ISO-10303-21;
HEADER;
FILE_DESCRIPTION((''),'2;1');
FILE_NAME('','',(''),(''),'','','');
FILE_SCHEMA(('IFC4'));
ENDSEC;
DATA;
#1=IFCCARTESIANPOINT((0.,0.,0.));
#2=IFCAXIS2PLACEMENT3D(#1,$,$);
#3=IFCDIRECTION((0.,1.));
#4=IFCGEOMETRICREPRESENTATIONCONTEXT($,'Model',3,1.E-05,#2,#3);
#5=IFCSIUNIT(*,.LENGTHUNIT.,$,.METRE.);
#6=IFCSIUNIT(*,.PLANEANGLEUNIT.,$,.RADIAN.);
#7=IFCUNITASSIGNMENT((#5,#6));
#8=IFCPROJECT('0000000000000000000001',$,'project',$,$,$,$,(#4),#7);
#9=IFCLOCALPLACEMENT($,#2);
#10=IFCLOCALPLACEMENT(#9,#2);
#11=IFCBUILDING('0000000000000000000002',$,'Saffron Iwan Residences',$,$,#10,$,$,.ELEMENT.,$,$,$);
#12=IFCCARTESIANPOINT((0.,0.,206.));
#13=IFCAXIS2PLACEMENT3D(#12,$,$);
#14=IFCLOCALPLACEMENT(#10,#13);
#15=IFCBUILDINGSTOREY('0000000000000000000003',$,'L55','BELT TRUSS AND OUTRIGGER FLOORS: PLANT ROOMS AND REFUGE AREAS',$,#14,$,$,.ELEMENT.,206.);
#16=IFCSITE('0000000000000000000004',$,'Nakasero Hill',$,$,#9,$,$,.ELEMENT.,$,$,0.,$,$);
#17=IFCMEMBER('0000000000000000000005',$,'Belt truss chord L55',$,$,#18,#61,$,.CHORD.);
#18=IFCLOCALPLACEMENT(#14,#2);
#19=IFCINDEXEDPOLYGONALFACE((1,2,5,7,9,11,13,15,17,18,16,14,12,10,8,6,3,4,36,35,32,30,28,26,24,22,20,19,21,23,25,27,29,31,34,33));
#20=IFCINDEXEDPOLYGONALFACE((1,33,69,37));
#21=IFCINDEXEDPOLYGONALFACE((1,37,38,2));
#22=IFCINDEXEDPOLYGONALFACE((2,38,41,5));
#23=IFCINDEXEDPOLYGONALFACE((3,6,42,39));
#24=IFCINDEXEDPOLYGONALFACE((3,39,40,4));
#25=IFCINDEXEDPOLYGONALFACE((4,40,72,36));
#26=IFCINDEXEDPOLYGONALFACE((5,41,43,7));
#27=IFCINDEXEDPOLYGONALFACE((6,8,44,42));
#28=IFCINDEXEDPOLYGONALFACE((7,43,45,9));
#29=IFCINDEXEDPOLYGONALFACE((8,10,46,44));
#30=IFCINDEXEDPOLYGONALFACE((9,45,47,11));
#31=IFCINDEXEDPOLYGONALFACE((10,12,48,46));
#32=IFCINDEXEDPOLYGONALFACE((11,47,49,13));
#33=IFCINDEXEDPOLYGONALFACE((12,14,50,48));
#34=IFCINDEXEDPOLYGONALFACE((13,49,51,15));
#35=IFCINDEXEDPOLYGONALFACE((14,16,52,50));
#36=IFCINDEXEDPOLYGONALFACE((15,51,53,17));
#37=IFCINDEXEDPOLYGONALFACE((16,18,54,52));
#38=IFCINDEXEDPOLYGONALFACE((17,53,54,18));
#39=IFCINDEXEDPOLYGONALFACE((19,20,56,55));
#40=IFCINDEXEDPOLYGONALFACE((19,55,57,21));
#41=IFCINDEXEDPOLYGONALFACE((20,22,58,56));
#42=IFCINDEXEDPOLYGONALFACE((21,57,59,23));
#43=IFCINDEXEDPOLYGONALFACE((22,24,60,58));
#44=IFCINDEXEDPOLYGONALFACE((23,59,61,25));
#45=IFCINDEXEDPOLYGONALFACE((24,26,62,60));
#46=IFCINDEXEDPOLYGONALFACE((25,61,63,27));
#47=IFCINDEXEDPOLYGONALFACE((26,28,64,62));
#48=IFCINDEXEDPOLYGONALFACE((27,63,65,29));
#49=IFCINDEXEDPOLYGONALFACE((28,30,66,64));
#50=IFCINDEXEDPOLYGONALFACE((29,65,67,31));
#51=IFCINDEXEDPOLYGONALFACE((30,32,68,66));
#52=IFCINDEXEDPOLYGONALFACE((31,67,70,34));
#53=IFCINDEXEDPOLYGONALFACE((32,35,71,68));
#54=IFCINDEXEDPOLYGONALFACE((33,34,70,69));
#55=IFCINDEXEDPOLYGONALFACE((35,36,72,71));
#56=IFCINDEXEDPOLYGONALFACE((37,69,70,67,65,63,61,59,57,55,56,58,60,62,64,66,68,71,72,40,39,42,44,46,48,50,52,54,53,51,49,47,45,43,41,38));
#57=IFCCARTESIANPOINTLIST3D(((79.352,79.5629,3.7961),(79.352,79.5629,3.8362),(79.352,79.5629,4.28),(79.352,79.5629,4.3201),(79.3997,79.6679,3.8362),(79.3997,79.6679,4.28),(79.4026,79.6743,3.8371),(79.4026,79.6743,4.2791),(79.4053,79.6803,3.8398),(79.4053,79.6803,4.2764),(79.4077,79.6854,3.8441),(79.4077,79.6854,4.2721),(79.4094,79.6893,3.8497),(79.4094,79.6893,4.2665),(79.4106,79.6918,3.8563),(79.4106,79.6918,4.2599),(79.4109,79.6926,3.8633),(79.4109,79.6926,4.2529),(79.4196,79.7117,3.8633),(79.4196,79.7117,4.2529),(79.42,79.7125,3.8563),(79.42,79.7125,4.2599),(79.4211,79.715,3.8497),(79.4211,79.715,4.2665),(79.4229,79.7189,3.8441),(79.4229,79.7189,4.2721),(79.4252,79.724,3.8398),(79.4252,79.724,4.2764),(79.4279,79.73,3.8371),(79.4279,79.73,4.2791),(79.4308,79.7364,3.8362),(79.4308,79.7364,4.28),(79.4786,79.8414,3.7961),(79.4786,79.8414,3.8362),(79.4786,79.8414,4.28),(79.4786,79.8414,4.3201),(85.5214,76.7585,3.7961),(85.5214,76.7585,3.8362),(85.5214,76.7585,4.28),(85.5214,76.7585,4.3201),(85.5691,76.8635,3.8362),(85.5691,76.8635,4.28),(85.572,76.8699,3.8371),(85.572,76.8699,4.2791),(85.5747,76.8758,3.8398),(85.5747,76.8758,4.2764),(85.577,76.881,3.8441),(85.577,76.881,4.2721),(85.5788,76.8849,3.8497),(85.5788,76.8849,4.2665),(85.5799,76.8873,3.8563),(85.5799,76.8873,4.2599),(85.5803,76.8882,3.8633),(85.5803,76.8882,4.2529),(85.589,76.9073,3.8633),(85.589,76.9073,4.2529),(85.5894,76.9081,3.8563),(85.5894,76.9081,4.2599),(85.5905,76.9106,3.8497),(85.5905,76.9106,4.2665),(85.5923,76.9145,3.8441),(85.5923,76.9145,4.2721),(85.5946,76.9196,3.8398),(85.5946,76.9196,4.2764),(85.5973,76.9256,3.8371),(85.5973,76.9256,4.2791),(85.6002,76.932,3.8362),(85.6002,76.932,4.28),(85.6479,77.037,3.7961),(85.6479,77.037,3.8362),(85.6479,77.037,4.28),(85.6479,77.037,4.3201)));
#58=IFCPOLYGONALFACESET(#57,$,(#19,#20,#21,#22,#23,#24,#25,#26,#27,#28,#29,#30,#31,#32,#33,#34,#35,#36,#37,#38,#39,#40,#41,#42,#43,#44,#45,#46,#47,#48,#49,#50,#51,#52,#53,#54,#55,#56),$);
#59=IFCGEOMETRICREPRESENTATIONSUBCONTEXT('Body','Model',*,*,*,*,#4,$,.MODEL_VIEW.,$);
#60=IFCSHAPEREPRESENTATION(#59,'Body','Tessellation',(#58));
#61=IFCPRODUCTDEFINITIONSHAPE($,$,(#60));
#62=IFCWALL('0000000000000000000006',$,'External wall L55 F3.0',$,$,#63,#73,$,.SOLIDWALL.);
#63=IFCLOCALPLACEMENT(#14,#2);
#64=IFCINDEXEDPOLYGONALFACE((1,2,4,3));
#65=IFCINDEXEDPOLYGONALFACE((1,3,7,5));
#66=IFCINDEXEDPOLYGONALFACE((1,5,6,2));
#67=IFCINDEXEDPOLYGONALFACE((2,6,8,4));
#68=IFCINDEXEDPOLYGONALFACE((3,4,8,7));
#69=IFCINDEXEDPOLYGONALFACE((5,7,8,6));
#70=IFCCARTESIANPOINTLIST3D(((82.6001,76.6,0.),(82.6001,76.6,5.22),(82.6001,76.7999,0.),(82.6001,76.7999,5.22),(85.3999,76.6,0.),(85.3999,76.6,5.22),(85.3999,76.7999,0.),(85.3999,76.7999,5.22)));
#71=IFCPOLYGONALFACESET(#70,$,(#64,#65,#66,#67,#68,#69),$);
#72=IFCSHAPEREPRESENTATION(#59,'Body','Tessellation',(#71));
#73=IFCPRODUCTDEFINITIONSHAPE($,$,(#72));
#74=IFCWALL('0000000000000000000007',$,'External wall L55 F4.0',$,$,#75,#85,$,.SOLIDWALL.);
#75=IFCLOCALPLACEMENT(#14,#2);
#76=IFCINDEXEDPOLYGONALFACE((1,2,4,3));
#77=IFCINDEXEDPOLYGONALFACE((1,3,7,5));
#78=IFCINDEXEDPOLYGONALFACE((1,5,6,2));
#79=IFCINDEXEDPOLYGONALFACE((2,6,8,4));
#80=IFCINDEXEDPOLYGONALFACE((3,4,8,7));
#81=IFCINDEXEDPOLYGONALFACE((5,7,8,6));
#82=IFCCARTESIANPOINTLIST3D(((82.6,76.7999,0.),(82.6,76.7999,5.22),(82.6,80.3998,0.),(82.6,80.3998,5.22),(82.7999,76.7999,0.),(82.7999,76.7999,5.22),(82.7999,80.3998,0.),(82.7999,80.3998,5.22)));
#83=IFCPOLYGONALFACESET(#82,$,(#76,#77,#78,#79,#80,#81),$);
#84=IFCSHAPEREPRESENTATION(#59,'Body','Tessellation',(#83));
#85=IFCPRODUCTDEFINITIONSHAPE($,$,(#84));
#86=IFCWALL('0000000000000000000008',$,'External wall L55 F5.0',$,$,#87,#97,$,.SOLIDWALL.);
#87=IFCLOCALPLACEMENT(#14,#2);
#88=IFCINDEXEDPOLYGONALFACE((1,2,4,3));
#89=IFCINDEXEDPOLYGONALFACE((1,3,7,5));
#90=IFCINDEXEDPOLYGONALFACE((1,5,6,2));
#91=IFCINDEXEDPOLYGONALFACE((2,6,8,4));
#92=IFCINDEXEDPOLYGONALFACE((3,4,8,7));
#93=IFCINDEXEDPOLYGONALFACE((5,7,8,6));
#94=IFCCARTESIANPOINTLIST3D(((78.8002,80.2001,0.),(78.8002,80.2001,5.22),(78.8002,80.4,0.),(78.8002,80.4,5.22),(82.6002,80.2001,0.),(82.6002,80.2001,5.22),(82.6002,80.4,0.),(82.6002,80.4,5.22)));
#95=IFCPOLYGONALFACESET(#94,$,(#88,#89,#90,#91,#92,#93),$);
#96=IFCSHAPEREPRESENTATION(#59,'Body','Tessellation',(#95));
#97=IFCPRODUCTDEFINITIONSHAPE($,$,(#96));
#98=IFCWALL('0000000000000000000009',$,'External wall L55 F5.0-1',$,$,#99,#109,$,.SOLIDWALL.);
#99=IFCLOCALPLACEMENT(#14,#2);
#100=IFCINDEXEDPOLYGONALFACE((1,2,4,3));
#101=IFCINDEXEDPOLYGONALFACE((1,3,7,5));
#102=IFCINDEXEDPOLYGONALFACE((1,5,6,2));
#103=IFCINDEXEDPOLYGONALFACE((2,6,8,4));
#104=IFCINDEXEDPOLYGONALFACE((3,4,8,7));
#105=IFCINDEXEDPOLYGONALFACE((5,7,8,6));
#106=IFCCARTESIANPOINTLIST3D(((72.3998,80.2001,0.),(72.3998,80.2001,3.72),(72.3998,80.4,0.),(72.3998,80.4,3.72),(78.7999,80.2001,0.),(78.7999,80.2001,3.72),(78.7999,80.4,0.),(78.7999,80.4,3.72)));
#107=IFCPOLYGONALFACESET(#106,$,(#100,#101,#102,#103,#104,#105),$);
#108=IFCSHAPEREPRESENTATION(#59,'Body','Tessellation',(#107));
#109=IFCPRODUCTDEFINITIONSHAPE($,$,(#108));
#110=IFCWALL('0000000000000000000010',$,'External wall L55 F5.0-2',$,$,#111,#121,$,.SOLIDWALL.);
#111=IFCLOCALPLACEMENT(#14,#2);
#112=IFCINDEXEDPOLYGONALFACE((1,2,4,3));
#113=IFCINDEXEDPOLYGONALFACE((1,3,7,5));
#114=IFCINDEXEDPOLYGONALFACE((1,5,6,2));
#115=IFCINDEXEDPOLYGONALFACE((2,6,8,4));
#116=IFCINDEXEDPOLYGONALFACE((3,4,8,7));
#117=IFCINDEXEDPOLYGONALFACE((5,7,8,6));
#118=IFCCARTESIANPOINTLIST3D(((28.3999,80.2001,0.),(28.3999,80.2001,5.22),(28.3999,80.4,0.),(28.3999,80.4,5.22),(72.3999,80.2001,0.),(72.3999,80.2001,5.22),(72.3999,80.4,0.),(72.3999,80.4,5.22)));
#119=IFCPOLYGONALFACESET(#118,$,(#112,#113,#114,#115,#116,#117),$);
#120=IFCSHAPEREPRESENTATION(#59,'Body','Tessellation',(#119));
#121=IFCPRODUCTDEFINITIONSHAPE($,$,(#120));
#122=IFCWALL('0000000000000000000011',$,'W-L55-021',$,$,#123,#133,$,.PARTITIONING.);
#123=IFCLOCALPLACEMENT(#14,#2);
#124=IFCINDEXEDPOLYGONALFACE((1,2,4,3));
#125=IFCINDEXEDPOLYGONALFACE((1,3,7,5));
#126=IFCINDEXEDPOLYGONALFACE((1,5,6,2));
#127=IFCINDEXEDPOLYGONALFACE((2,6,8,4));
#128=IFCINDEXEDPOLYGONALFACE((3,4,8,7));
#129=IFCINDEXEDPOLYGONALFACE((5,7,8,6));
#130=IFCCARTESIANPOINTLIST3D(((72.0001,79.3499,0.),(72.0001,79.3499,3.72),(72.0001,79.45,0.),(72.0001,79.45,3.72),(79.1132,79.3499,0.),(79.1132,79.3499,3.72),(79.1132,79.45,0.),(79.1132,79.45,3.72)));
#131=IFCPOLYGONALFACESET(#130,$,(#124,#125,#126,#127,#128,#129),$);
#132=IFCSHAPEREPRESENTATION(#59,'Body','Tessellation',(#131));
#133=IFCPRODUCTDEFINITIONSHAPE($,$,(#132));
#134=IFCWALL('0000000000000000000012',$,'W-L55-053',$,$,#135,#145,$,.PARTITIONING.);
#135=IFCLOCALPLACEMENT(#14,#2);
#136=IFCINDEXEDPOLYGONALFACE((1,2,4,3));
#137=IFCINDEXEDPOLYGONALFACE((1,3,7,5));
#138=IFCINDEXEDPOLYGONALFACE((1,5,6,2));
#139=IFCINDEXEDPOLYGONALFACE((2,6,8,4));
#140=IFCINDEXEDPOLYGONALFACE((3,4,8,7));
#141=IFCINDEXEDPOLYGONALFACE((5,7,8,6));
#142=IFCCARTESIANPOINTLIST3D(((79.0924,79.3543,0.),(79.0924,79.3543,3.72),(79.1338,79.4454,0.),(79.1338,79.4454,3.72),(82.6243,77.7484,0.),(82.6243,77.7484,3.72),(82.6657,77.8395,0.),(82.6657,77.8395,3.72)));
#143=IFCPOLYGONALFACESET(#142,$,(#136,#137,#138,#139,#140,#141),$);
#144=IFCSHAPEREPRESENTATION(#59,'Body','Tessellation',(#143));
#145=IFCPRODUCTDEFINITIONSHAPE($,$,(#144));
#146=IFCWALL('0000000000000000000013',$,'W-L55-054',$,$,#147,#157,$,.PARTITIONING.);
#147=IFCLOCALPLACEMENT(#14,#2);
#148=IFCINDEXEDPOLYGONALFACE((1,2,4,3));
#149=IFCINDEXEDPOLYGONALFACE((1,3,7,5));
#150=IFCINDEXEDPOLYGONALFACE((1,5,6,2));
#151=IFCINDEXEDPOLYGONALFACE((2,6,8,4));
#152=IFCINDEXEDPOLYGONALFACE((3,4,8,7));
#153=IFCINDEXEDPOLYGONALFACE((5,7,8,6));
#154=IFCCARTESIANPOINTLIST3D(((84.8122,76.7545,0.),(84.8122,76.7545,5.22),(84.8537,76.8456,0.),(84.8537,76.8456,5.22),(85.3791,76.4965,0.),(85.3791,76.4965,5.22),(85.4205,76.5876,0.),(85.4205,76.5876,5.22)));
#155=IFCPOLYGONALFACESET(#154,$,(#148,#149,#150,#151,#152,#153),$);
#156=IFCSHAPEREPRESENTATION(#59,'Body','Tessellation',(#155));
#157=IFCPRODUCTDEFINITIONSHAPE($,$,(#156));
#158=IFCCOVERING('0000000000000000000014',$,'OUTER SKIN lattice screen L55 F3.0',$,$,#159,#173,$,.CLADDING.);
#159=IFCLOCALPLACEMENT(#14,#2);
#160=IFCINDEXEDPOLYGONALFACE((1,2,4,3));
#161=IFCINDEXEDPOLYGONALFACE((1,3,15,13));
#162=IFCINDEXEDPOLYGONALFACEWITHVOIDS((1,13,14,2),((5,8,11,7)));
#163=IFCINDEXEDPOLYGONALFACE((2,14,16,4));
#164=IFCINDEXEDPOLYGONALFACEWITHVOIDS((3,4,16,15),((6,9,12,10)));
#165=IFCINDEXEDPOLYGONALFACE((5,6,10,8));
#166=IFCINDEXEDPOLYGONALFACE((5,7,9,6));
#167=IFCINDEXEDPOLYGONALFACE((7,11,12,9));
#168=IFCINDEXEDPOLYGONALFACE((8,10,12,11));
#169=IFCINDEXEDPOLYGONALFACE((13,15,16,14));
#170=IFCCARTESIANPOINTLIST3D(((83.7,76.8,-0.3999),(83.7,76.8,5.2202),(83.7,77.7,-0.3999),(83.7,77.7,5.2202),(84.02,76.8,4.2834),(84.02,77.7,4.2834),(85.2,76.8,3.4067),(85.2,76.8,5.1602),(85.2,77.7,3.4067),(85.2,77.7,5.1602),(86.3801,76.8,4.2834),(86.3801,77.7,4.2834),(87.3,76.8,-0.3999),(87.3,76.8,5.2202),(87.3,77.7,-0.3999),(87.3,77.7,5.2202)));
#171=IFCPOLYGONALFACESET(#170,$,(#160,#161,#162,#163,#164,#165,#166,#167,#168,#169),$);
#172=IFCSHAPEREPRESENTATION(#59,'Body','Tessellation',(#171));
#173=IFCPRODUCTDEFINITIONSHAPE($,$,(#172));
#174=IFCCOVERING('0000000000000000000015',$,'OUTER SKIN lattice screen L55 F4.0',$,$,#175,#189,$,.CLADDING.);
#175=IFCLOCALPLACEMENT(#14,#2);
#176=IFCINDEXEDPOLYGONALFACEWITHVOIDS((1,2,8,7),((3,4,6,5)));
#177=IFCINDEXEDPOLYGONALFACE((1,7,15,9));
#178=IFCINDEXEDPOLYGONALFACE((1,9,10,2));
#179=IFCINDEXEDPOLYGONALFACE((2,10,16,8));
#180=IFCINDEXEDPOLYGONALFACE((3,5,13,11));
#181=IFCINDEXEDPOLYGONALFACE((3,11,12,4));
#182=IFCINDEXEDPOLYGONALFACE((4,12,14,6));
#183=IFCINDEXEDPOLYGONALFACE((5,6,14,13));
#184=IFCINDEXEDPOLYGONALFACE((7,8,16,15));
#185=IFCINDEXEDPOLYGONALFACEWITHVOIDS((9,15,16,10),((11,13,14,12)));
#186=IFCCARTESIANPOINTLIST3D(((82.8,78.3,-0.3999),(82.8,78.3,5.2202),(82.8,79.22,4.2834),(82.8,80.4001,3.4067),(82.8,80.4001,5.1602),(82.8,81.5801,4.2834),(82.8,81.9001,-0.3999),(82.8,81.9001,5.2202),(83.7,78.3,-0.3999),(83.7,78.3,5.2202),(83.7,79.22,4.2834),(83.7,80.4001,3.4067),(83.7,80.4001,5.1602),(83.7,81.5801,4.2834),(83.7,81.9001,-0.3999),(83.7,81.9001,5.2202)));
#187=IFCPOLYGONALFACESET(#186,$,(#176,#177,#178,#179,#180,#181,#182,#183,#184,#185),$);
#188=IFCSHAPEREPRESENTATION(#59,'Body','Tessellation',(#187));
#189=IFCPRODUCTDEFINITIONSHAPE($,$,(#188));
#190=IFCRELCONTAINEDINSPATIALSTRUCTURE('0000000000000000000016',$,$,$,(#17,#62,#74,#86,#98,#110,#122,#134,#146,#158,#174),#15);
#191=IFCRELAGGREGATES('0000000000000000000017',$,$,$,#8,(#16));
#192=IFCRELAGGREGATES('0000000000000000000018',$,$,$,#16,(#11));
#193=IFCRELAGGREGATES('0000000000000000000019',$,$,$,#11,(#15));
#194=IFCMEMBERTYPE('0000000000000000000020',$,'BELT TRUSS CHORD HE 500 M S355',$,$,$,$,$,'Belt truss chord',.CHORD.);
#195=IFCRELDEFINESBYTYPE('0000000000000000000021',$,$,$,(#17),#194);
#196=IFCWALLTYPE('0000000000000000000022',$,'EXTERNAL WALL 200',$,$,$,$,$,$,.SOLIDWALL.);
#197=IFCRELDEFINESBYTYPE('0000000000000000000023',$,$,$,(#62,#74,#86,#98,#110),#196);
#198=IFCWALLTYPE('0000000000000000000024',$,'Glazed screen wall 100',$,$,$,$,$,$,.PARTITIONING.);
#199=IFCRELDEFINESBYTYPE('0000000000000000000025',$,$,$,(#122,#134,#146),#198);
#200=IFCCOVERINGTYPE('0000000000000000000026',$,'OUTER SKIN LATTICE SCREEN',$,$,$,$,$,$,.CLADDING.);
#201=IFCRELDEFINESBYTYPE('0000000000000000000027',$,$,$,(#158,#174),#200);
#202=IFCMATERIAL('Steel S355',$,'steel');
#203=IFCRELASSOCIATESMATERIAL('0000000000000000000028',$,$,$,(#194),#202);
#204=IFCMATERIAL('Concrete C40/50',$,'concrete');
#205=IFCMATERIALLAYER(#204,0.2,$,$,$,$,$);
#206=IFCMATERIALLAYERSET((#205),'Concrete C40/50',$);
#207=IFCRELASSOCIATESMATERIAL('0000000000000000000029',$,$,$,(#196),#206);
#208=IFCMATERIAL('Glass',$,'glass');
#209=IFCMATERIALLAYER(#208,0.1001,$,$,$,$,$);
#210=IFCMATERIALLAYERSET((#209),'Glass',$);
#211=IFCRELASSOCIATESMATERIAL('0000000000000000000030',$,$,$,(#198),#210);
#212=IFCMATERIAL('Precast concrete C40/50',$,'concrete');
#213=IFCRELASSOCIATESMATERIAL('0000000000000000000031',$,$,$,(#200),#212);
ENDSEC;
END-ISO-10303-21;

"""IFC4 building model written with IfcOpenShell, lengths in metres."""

from ifc_helpers import new_model, si_unit, direction, frame, frame_2d, origin, origin_2d, place, context, subcontext, project, spatial, polyline, rectangle, i_section, outline, extrude, source, transform, mapped, material, layer, layer_set, material_profile, profile_set, type_object, element, save


model = new_model("IFC4")

# Units and contexts
model_context = context("Model", 3, precision=1e-05, world=origin(), true_north=direction((0.0, 1.0)))
body_context = subcontext(model_context, "Body", "Model", "MODEL_VIEW")
ifc_project = project(units=[si_unit("LENGTHUNIT", "METRE"), si_unit("PLANEANGLEUNIT", "RADIAN")], contexts=[model_context])

# Site, building, storey
site_placement = place(None, origin())
site = spatial("IfcSite", under=ifc_project, at=site_placement, Name="Nakasero Hill", CompositionType="ELEMENT", RefElevation=0.0)
building_placement = place(site_placement, origin())
building = spatial("IfcBuilding", under=site, at=building_placement, Name="Saffron Iwan Residences", CompositionType="ELEMENT")
storey_placement = place(building_placement, frame((0.0, 0.0, 206.0)))
storey = spatial("IfcBuildingStorey", under=building, at=storey_placement, Name="L55", Description="BELT TRUSS AND OUTRIGGER FLOORS: PLANT ROOMS AND REFUGE AREAS", CompositionType="ELEMENT", Elevation=206.0)

# Member
ifc_material_1 = material(Name="Steel S355", Category="steel")
ifc_material_profile_1 = material_profile(ifc_material_1, i_section(OverallWidth=0.3059, OverallDepth=0.5239, WebThickness=0.021, FlangeThickness=0.04, FilletRadius=0.0271, at=origin_2d()), Name="HE 500 M")
ifc_profile_set_1 = profile_set([ifc_material_profile_1], Name="Steel S355")
member_type_1 = type_object("IfcMemberType", Name="BELT TRUSS CHORD HE 500 M S355", ElementType="Belt truss chord", PredefinedType="CHORD", material=ifc_profile_set_1)
shared_shape_1 = source(origin(), body_context, "Body", "SweptSolid", [
    extrude(i_section(OverallWidth=0.3059, OverallDepth=0.5239, WebThickness=0.021, FlangeThickness=0.04, FilletRadius=0.0271, at=origin_2d()), origin(), (0.0, 0.0, 1.0), 6.7769),
])
for number, where, z_axis, x_axis, name in (
    (1, (79.4153, 79.7021, 4.0581), (0.910358, -0.413822, 0.0), (0.413822, 0.910358, 0.0), "Belt truss chord L55"),
):
    element("IfcMember", number, at=place(storey_placement, frame(where, z_axis=z_axis, x_axis=x_axis)), inside=storey, type_object=member_type_1, Name=name, PredefinedType="CHORD", context=body_context, shape_type="MappedRepresentation", body=[
        mapped(shared_shape_1, transform((0.0, 0.0, 0.0))),
    ])

# Walls
ifc_material_2 = material(Name="Concrete C40/50", Category="concrete")
ifc_layer_1 = layer(ifc_material_2, 0.2)
ifc_layer_set_1 = layer_set([ifc_layer_1], Name="Concrete C40/50")
wall_type_1 = type_object("IfcWallType", Name="EXTERNAL WALL 200", PredefinedType="SOLIDWALL", material=ifc_layer_set_1)
wall_1_placement = place(storey_placement, frame((85.3999, 76.7, 0.0), z_axis=(0.0, 0.0, 1.0), x_axis=(-1.0, 0.0, 0.0)))
element("IfcWall", 2, at=wall_1_placement, inside=storey, type_object=wall_type_1, Name="External wall L55 F3.0", PredefinedType="SOLIDWALL", context=body_context, shape_type="SweptSolid", body=[
    extrude(rectangle(XDim=2.7998, YDim=0.2, at=frame_2d((1.3999, 0.0))), origin(), (0.0, 0.0, 1.0), 5.22),
])
wall_2_placement = place(storey_placement, frame((82.7, 76.8, 0.0), z_axis=(0.0, 0.0, 1.0), x_axis=(0.0, 1.0, 0.0)))
element("IfcWall", 3, at=wall_2_placement, inside=storey, type_object=wall_type_1, Name="External wall L55 F4.0", PredefinedType="SOLIDWALL", context=body_context, shape_type="SweptSolid", body=[
    extrude(rectangle(XDim=3.5999, YDim=0.2, at=frame_2d((1.7998, 0.0))), origin(), (0.0, 0.0, 1.0), 5.22),
])
wall_3_placement = place(storey_placement, frame((82.6001, 80.3, 0.0), z_axis=(0.0, 0.0, 1.0), x_axis=(-1.0, 0.0, 0.0)))
element("IfcWall", 4, at=wall_3_placement, inside=storey, type_object=wall_type_1, Name="External wall L55 F5.0", PredefinedType="SOLIDWALL", context=body_context, shape_type="SweptSolid", body=[
    extrude(rectangle(XDim=3.8, YDim=0.2, at=frame_2d((1.8999, 0.0))), origin(), (0.0, 0.0, 1.0), 5.22),
])
wall_4_placement = place(storey_placement, frame((78.8, 80.3, 0.0), z_axis=(0.0, 0.0, 1.0), x_axis=(-1.0, 0.0, 0.0)))
element("IfcWall", 5, at=wall_4_placement, inside=storey, type_object=wall_type_1, Name="External wall L55 F5.0-1", PredefinedType="SOLIDWALL", context=body_context, shape_type="SweptSolid", body=[
    extrude(rectangle(XDim=6.4001, YDim=0.2, at=frame_2d((3.2002, 0.0))), origin(), (0.0, 0.0, 1.0), 3.72),
])
wall_5_placement = place(storey_placement, frame((72.3999, 80.3, 0.0), z_axis=(0.0, 0.0, 1.0), x_axis=(-1.0, 0.0, 0.0)))
element("IfcWall", 6, at=wall_5_placement, inside=storey, type_object=wall_type_1, Name="External wall L55 F5.0-2", PredefinedType="SOLIDWALL", context=body_context, shape_type="SweptSolid", body=[
    extrude(rectangle(XDim=44.0, YDim=0.2, at=frame_2d((22.0, 0.0))), origin(), (0.0, 0.0, 1.0), 5.22),
])
ifc_material_3 = material(Name="Glass", Category="glass")
ifc_layer_2 = layer(ifc_material_3, 0.1001)
ifc_layer_set_2 = layer_set([ifc_layer_2], Name="Glass")
wall_type_2 = type_object("IfcWallType", Name="Glazed screen wall 100", PredefinedType="PARTITIONING", material=ifc_layer_set_2)
wall_6_placement = place(storey_placement, frame((72.0, 79.3999, 0.0), z_axis=(0.0, 0.0, 1.0), x_axis=(1.0, 0.0, 0.0)))
element("IfcWall", 7, at=wall_6_placement, inside=storey, type_object=wall_type_2, Name="W-L55-021", PredefinedType="PARTITIONING", context=body_context, shape_type="SweptSolid", body=[
    extrude(rectangle(XDim=7.113, YDim=0.1001, at=frame_2d((3.5566, 0.0))), origin(), (0.0, 0.0, 1.0), 3.72),
])
wall_7_placement = place(storey_placement, frame((82.645, 77.7939, 0.0), z_axis=(0.0, 0.0, 1.0), x_axis=(-0.910317, 0.413912, 0.0)))
element("IfcWall", 8, at=wall_7_placement, inside=storey, type_object=wall_type_2, Name="W-L55-053", PredefinedType="PARTITIONING", context=body_context, shape_type="SweptSolid", body=[
    extrude(rectangle(XDim=3.8799, YDim=0.1001, at=frame_2d((1.9399, 0.0))), origin(), (0.0, 0.0, 1.0), 3.72),
])
wall_8_placement = place(storey_placement, frame((85.3999, 76.542, 0.0), z_axis=(0.0, 0.0, 1.0), x_axis=(-0.910138, 0.414305, 0.0)))
element("IfcWall", 9, at=wall_8_placement, inside=storey, type_object=wall_type_2, Name="W-L55-054", PredefinedType="PARTITIONING", context=body_context, shape_type="SweptSolid", body=[
    extrude(rectangle(XDim=0.6228, YDim=0.1001, at=frame_2d((0.3115, 0.0))), origin(), (0.0, 0.0, 1.0), 5.22),
])

# Coverings
ifc_material_4 = material(Name="Precast concrete C40/50", Category="concrete")
covering_type = type_object("IfcCoveringType", Name="OUTER SKIN LATTICE SCREEN", PredefinedType="CLADDING", material=ifc_material_4)
for number, where, z_axis, x_axis, name in (
    (10, (87.3, 76.8, -0.3999), (0.0, 1.0, 0.0), (-1.0, 0.0, 0.0), "OUTER SKIN lattice screen L55 F3.0"),
    (11, (82.8, 78.3, -0.3999), (1.0, 0.0, 0.0), (0.0, 1.0, 0.0), "OUTER SKIN lattice screen L55 F4.0"),
):
    element("IfcCovering", number, at=place(storey_placement, frame(where, z_axis=z_axis, x_axis=x_axis)), inside=storey, type_object=covering_type, Name=name, PredefinedType="CLADDING", context=body_context, shape_type="SweptSolid", body=[
        extrude(outline(polyline([(0.0, 0.0), (3.6001, 0.0), (3.6001, 5.6201), (0.0, 5.6201), (0.0, 0.0)]), holes=[polyline([(0.9199, 4.6833), (2.1001, 3.8066), (3.28, 4.6833), (2.1001, 5.5601), (0.9199, 4.6833)])]), origin(), (0.0, 0.0, 1.0), 0.8999),
    ])

save(model, "model.ifc")
